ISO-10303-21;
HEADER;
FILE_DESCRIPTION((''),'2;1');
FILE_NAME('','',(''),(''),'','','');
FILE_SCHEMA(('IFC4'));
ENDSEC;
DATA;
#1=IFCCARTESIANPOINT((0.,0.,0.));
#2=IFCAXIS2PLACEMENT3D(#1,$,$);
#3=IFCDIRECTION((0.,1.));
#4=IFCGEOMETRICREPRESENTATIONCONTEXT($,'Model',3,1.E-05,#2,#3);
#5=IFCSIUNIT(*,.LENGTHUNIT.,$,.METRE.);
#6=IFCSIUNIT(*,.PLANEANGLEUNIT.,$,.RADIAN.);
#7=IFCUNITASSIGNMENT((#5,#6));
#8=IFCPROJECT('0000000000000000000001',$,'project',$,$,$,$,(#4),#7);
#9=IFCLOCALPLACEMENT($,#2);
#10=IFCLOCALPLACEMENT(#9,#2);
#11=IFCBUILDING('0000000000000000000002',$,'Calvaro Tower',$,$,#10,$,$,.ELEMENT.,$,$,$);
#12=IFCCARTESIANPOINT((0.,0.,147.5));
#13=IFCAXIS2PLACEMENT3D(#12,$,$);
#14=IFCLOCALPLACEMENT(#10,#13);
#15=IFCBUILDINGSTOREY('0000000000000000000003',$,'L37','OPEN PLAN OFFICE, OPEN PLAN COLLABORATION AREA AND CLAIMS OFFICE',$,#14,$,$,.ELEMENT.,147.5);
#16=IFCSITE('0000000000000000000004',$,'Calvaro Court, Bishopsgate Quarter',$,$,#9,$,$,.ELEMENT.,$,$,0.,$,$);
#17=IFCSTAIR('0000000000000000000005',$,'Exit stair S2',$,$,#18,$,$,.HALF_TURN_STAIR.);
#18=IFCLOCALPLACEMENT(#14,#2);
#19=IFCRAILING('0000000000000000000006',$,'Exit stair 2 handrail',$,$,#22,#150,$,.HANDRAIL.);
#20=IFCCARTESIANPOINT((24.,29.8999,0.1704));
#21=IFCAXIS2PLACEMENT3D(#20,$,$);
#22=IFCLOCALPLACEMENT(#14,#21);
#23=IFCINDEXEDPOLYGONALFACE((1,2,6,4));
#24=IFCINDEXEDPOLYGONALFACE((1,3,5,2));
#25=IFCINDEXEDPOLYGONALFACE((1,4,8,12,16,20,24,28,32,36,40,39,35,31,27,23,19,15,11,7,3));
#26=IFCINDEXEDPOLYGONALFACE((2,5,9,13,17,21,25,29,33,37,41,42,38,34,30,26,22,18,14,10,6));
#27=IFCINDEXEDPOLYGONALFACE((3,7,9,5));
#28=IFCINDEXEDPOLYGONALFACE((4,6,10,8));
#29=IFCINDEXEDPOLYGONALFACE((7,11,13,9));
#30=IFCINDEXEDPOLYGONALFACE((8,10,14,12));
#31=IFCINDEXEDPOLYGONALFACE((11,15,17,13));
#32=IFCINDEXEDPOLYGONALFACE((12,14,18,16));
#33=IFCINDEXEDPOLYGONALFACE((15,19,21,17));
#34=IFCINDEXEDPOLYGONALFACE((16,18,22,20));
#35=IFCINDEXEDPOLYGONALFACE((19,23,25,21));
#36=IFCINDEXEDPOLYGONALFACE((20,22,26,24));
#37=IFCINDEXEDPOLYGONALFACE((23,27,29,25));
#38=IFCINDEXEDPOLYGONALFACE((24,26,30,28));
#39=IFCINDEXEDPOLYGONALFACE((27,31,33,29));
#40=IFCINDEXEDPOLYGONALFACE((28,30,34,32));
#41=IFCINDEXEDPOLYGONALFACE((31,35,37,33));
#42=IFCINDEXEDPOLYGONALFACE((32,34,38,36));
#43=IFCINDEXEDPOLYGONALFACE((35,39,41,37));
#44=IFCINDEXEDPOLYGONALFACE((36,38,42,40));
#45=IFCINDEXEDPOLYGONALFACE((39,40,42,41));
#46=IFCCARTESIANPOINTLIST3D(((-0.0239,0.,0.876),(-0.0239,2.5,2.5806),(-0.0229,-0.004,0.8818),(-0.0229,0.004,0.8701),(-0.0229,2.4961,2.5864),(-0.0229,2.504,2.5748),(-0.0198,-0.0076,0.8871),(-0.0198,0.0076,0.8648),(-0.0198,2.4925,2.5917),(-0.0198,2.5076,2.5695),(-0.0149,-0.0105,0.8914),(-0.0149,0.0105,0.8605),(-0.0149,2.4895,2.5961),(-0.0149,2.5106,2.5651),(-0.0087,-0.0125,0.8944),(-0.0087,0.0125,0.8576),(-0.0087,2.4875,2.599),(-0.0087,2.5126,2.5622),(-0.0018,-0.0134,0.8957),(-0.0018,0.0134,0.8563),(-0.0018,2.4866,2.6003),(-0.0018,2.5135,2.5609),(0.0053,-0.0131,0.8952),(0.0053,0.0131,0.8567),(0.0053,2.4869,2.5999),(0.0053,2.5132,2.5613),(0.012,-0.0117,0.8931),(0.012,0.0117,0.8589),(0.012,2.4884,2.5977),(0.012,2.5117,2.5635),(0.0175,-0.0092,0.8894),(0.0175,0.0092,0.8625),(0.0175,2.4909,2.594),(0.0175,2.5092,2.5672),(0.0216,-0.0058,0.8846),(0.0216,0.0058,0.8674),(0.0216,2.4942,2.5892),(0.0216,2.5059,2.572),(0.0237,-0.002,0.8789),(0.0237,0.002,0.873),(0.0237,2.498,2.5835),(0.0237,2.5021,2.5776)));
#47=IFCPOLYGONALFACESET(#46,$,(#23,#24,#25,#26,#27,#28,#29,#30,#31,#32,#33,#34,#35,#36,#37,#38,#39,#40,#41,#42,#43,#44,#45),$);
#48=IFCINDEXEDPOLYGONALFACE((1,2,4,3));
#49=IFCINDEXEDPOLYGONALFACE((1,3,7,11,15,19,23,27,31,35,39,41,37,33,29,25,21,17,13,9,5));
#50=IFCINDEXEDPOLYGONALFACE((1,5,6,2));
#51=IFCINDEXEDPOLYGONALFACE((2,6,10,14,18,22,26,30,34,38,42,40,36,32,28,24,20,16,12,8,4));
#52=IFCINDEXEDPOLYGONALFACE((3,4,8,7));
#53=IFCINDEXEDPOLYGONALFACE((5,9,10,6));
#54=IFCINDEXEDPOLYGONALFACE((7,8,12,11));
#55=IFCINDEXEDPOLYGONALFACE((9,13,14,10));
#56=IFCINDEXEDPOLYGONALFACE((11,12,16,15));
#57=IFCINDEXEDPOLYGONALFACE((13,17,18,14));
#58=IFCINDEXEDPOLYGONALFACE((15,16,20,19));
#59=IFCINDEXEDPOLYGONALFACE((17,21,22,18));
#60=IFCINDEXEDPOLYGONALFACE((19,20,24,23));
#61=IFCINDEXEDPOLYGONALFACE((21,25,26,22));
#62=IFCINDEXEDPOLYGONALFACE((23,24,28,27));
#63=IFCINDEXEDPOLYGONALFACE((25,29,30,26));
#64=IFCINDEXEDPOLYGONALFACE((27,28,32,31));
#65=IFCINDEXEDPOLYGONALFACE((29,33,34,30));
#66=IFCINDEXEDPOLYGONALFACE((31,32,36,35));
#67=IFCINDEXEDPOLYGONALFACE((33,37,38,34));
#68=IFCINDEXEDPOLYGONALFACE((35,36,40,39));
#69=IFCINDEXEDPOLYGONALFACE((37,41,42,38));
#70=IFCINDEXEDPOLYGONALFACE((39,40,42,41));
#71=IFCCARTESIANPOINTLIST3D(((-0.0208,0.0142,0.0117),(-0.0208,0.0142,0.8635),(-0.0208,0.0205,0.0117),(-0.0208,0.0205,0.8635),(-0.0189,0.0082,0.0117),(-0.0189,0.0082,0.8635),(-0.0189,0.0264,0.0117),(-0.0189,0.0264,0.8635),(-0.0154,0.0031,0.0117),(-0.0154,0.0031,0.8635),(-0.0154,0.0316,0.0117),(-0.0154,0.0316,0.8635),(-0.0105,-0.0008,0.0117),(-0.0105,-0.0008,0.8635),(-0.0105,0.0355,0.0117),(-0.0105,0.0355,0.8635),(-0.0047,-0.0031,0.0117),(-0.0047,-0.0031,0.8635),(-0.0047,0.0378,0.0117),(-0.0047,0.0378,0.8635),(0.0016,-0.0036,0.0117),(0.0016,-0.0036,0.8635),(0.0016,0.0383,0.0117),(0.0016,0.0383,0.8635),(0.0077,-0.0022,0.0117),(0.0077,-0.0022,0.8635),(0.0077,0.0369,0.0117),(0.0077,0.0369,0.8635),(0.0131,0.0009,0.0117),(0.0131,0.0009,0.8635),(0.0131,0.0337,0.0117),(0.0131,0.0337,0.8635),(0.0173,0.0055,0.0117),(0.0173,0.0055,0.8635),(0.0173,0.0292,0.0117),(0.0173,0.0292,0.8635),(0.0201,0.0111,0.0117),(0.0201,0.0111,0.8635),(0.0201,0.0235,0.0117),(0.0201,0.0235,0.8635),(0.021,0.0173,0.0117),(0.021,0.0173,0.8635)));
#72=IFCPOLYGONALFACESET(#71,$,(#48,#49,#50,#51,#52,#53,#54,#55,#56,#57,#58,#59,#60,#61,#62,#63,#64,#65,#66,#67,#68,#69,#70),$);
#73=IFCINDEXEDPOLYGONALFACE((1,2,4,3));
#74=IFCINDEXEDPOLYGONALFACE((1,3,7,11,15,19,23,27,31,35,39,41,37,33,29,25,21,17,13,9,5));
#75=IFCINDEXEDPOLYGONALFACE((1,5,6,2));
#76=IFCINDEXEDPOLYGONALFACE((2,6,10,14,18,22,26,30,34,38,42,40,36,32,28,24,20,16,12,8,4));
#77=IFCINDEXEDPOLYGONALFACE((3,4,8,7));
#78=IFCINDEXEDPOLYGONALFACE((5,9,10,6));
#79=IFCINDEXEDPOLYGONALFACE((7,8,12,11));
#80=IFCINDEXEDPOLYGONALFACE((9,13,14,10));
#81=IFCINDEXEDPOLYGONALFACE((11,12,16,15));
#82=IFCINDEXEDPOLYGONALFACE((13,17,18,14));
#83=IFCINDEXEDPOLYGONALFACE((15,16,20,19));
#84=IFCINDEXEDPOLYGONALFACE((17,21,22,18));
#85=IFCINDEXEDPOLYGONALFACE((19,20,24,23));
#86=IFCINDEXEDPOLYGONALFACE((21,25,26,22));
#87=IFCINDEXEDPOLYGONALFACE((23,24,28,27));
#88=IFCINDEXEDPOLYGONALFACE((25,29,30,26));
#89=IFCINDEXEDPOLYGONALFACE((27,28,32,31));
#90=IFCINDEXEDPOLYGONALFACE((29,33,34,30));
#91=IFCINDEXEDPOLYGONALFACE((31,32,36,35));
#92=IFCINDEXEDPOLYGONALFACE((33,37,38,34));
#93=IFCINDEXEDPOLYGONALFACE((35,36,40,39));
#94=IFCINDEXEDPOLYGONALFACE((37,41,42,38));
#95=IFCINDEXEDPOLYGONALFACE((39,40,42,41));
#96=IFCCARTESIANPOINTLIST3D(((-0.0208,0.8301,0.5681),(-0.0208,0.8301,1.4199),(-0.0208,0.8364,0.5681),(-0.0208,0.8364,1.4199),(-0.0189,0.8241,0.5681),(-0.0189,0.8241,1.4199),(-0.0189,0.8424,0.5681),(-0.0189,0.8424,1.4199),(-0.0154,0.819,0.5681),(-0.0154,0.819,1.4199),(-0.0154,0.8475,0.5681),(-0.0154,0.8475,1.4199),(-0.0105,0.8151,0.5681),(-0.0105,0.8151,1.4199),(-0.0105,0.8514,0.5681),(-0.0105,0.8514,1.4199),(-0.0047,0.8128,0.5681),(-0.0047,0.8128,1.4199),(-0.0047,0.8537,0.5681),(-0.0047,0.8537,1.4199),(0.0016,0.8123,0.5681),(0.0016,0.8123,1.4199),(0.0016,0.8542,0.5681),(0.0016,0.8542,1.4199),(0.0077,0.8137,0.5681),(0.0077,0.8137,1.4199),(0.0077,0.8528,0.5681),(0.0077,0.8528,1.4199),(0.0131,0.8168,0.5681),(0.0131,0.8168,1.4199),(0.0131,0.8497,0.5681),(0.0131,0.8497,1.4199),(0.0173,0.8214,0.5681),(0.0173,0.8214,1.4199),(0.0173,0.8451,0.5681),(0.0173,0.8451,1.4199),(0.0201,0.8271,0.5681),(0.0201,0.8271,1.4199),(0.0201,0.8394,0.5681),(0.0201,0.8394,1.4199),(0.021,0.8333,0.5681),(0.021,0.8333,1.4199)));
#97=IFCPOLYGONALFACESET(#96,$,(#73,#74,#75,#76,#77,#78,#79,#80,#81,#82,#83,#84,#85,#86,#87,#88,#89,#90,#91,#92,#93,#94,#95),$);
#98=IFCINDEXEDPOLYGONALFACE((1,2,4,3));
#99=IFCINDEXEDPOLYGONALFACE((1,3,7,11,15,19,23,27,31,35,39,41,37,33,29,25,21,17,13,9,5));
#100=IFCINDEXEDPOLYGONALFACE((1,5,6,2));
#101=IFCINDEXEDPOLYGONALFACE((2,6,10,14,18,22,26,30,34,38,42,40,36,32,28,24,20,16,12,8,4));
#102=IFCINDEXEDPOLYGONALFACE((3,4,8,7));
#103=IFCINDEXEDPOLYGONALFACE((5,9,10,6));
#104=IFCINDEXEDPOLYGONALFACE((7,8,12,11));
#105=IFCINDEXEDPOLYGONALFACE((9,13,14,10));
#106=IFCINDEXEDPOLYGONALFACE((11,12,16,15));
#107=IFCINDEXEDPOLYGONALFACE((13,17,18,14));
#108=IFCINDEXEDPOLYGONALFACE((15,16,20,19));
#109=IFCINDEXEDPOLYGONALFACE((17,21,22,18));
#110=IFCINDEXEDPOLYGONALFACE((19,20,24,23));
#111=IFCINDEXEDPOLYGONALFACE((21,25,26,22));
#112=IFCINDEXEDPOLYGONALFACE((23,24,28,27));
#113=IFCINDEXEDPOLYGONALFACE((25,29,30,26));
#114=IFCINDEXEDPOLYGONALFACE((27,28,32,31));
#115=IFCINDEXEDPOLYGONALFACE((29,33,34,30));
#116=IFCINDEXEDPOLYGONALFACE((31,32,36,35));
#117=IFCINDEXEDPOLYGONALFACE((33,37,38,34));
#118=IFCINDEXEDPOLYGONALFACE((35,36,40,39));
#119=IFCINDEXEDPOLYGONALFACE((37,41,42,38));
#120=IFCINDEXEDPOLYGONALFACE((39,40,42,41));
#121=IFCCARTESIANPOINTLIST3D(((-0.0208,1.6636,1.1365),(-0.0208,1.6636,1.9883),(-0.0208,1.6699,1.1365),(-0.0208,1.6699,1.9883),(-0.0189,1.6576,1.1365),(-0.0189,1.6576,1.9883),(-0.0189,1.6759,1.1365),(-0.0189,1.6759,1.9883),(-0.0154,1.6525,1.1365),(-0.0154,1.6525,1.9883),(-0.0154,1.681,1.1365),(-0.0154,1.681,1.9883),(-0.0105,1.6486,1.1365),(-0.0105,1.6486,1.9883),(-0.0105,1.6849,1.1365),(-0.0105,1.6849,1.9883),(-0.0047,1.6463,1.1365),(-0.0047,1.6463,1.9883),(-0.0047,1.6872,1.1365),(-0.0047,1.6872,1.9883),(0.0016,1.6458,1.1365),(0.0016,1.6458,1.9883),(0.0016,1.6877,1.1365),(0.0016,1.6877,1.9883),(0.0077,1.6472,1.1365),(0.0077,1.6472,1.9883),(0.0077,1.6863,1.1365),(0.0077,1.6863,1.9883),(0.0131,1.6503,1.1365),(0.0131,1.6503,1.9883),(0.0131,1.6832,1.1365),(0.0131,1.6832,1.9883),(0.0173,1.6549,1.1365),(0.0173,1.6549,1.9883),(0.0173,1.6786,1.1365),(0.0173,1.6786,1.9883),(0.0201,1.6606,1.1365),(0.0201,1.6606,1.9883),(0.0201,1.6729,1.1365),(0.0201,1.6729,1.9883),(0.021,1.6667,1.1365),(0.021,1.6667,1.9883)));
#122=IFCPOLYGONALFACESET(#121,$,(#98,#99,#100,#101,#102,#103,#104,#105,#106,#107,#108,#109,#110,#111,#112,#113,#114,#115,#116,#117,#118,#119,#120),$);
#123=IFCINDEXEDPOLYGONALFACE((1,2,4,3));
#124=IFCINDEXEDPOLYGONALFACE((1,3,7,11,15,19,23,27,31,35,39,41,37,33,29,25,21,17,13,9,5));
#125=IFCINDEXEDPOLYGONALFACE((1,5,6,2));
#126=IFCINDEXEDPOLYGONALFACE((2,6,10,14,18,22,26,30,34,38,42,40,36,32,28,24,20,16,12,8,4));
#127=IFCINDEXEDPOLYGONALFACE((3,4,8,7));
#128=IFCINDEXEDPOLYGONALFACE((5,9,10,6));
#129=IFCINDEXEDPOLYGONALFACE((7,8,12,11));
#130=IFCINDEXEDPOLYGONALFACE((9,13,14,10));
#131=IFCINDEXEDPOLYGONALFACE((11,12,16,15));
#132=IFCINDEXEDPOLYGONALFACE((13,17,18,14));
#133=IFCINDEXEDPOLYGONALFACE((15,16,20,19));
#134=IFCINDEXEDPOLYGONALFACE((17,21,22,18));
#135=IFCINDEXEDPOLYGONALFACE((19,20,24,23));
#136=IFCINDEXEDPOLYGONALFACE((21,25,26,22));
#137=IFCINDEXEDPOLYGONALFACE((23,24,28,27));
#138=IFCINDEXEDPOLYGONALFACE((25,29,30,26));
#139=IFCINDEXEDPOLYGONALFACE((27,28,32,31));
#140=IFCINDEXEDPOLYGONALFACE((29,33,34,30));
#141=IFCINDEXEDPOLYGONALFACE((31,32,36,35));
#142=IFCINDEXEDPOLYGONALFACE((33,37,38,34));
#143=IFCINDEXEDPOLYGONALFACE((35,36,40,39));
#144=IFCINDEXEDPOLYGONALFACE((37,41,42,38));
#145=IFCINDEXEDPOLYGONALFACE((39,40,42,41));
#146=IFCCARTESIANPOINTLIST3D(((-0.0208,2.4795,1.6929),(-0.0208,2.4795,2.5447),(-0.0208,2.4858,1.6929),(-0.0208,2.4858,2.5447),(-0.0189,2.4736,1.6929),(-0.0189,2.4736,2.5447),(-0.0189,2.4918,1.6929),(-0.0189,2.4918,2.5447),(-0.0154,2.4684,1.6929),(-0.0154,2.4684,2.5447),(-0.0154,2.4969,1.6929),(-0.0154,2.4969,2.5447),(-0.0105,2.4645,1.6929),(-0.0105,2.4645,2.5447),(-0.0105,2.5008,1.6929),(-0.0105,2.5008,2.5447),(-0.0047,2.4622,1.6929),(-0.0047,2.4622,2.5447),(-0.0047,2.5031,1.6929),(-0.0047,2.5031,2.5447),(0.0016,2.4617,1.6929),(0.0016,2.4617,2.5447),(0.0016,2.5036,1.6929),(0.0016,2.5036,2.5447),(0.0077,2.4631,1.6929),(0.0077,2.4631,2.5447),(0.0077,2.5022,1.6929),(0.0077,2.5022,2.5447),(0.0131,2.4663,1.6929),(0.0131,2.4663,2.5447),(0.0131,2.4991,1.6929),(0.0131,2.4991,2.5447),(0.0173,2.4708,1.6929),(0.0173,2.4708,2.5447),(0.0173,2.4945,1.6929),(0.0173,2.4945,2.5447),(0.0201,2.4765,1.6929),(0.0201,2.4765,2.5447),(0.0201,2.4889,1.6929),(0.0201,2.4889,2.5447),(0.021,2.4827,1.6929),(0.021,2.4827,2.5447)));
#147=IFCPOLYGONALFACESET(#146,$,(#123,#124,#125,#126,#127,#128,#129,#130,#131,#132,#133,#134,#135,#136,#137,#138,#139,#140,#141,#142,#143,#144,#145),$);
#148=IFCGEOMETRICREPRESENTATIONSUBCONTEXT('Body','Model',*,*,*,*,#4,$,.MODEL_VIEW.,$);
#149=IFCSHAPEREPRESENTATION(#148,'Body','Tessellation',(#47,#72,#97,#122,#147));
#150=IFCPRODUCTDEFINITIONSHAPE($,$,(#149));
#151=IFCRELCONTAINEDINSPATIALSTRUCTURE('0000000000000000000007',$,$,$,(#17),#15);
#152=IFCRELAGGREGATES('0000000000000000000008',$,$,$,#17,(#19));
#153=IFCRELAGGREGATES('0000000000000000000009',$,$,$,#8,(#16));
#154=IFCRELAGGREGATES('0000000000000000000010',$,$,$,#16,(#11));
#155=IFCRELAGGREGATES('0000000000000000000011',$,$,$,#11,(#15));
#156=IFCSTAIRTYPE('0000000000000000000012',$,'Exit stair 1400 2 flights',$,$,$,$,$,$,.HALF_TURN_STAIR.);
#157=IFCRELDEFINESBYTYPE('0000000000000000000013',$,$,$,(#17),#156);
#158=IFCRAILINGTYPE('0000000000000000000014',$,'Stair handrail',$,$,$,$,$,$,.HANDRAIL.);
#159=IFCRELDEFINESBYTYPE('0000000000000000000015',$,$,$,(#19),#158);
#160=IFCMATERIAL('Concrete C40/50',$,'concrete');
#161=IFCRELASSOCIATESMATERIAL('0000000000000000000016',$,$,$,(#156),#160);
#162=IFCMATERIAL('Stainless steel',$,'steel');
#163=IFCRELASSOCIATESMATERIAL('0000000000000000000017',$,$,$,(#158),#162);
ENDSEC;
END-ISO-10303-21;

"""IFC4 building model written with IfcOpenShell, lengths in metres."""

from ifc_helpers import new_model, si_unit, direction, frame, origin, origin_2d, place, context, subcontext, project, spatial, circle, extrude, material, type_object, element, aggregate, save


model = new_model("IFC4")

# Units and contexts
model_context = context("Model", 3, precision=1e-05, world=origin(), true_north=direction((0.0, 1.0)))
body_context = subcontext(model_context, "Body", "Model", "MODEL_VIEW")
ifc_project = project(units=[si_unit("LENGTHUNIT", "METRE"), si_unit("PLANEANGLEUNIT", "RADIAN")], contexts=[model_context])

# Site, building, storey
site_placement = place(None, origin())
site = spatial("IfcSite", under=ifc_project, at=site_placement, Name="Calvaro Court, Bishopsgate Quarter", CompositionType="ELEMENT", RefElevation=0.0)
building_placement = place(site_placement, origin())
building = spatial("IfcBuilding", under=site, at=building_placement, Name="Calvaro Tower", CompositionType="ELEMENT")
storey_placement = place(building_placement, frame((0.0, 0.0, 147.5)))
storey = spatial("IfcBuildingStorey", under=building, at=storey_placement, Name="L37", Description="OPEN PLAN OFFICE, OPEN PLAN COLLABORATION AREA AND CLAIMS OFFICE", CompositionType="ELEMENT", Elevation=147.5)

# Stair, railing
ifc_material_1 = material(Name="Concrete C40/50", Category="concrete")
stair_type = type_object("IfcStairType", Name="Exit stair 1400 2 flights", PredefinedType="HALF_TURN_STAIR", material=ifc_material_1)
stair_placement = place(storey_placement, origin())
stair = element("IfcStair", 1, at=stair_placement, inside=storey, type_object=stair_type, Name="Exit stair S2", PredefinedType="HALF_TURN_STAIR")
ifc_material_2 = material(Name="Stainless steel", Category="steel")
railing_type = type_object("IfcRailingType", Name="Stair handrail", PredefinedType="HANDRAIL", material=ifc_material_2)
railing_1_placement = place(storey_placement, frame((24.0, 29.8999, 0.1704)))
railing_1 = element("IfcRailing", 2, at=railing_1_placement, type_object=railing_type, Name="Exit stair 2 handrail", PredefinedType="HANDRAIL", context=body_context, shape_type="SweptSolid", body=[
    extrude(circle(Radius=0.0239, at=origin_2d()), frame((0.0, 0.0, 0.876), z_axis=(0.0, 0.826221, 0.563347), x_axis=(-1.0, 0.0, 0.0)), (0.0, 0.0, 1.0), 3.0259),
    extrude(circle(Radius=0.021, at=origin_2d()), frame((0.0, 0.0173, 0.0117)), (0.0, 0.0, 1.0), 0.8518),
    extrude(circle(Radius=0.021, at=origin_2d()), frame((0.0, 0.8333, 0.5681)), (0.0, 0.0, 1.0), 0.8518),
    extrude(circle(Radius=0.021, at=origin_2d()), frame((0.0, 1.6667, 1.1365)), (0.0, 0.0, 1.0), 0.8518),
    extrude(circle(Radius=0.021, at=origin_2d()), frame((0.0, 2.4827, 1.6929)), (0.0, 0.0, 1.0), 0.8518),
])
aggregate(stair, [railing_1])

save(model, "model.ifc")
